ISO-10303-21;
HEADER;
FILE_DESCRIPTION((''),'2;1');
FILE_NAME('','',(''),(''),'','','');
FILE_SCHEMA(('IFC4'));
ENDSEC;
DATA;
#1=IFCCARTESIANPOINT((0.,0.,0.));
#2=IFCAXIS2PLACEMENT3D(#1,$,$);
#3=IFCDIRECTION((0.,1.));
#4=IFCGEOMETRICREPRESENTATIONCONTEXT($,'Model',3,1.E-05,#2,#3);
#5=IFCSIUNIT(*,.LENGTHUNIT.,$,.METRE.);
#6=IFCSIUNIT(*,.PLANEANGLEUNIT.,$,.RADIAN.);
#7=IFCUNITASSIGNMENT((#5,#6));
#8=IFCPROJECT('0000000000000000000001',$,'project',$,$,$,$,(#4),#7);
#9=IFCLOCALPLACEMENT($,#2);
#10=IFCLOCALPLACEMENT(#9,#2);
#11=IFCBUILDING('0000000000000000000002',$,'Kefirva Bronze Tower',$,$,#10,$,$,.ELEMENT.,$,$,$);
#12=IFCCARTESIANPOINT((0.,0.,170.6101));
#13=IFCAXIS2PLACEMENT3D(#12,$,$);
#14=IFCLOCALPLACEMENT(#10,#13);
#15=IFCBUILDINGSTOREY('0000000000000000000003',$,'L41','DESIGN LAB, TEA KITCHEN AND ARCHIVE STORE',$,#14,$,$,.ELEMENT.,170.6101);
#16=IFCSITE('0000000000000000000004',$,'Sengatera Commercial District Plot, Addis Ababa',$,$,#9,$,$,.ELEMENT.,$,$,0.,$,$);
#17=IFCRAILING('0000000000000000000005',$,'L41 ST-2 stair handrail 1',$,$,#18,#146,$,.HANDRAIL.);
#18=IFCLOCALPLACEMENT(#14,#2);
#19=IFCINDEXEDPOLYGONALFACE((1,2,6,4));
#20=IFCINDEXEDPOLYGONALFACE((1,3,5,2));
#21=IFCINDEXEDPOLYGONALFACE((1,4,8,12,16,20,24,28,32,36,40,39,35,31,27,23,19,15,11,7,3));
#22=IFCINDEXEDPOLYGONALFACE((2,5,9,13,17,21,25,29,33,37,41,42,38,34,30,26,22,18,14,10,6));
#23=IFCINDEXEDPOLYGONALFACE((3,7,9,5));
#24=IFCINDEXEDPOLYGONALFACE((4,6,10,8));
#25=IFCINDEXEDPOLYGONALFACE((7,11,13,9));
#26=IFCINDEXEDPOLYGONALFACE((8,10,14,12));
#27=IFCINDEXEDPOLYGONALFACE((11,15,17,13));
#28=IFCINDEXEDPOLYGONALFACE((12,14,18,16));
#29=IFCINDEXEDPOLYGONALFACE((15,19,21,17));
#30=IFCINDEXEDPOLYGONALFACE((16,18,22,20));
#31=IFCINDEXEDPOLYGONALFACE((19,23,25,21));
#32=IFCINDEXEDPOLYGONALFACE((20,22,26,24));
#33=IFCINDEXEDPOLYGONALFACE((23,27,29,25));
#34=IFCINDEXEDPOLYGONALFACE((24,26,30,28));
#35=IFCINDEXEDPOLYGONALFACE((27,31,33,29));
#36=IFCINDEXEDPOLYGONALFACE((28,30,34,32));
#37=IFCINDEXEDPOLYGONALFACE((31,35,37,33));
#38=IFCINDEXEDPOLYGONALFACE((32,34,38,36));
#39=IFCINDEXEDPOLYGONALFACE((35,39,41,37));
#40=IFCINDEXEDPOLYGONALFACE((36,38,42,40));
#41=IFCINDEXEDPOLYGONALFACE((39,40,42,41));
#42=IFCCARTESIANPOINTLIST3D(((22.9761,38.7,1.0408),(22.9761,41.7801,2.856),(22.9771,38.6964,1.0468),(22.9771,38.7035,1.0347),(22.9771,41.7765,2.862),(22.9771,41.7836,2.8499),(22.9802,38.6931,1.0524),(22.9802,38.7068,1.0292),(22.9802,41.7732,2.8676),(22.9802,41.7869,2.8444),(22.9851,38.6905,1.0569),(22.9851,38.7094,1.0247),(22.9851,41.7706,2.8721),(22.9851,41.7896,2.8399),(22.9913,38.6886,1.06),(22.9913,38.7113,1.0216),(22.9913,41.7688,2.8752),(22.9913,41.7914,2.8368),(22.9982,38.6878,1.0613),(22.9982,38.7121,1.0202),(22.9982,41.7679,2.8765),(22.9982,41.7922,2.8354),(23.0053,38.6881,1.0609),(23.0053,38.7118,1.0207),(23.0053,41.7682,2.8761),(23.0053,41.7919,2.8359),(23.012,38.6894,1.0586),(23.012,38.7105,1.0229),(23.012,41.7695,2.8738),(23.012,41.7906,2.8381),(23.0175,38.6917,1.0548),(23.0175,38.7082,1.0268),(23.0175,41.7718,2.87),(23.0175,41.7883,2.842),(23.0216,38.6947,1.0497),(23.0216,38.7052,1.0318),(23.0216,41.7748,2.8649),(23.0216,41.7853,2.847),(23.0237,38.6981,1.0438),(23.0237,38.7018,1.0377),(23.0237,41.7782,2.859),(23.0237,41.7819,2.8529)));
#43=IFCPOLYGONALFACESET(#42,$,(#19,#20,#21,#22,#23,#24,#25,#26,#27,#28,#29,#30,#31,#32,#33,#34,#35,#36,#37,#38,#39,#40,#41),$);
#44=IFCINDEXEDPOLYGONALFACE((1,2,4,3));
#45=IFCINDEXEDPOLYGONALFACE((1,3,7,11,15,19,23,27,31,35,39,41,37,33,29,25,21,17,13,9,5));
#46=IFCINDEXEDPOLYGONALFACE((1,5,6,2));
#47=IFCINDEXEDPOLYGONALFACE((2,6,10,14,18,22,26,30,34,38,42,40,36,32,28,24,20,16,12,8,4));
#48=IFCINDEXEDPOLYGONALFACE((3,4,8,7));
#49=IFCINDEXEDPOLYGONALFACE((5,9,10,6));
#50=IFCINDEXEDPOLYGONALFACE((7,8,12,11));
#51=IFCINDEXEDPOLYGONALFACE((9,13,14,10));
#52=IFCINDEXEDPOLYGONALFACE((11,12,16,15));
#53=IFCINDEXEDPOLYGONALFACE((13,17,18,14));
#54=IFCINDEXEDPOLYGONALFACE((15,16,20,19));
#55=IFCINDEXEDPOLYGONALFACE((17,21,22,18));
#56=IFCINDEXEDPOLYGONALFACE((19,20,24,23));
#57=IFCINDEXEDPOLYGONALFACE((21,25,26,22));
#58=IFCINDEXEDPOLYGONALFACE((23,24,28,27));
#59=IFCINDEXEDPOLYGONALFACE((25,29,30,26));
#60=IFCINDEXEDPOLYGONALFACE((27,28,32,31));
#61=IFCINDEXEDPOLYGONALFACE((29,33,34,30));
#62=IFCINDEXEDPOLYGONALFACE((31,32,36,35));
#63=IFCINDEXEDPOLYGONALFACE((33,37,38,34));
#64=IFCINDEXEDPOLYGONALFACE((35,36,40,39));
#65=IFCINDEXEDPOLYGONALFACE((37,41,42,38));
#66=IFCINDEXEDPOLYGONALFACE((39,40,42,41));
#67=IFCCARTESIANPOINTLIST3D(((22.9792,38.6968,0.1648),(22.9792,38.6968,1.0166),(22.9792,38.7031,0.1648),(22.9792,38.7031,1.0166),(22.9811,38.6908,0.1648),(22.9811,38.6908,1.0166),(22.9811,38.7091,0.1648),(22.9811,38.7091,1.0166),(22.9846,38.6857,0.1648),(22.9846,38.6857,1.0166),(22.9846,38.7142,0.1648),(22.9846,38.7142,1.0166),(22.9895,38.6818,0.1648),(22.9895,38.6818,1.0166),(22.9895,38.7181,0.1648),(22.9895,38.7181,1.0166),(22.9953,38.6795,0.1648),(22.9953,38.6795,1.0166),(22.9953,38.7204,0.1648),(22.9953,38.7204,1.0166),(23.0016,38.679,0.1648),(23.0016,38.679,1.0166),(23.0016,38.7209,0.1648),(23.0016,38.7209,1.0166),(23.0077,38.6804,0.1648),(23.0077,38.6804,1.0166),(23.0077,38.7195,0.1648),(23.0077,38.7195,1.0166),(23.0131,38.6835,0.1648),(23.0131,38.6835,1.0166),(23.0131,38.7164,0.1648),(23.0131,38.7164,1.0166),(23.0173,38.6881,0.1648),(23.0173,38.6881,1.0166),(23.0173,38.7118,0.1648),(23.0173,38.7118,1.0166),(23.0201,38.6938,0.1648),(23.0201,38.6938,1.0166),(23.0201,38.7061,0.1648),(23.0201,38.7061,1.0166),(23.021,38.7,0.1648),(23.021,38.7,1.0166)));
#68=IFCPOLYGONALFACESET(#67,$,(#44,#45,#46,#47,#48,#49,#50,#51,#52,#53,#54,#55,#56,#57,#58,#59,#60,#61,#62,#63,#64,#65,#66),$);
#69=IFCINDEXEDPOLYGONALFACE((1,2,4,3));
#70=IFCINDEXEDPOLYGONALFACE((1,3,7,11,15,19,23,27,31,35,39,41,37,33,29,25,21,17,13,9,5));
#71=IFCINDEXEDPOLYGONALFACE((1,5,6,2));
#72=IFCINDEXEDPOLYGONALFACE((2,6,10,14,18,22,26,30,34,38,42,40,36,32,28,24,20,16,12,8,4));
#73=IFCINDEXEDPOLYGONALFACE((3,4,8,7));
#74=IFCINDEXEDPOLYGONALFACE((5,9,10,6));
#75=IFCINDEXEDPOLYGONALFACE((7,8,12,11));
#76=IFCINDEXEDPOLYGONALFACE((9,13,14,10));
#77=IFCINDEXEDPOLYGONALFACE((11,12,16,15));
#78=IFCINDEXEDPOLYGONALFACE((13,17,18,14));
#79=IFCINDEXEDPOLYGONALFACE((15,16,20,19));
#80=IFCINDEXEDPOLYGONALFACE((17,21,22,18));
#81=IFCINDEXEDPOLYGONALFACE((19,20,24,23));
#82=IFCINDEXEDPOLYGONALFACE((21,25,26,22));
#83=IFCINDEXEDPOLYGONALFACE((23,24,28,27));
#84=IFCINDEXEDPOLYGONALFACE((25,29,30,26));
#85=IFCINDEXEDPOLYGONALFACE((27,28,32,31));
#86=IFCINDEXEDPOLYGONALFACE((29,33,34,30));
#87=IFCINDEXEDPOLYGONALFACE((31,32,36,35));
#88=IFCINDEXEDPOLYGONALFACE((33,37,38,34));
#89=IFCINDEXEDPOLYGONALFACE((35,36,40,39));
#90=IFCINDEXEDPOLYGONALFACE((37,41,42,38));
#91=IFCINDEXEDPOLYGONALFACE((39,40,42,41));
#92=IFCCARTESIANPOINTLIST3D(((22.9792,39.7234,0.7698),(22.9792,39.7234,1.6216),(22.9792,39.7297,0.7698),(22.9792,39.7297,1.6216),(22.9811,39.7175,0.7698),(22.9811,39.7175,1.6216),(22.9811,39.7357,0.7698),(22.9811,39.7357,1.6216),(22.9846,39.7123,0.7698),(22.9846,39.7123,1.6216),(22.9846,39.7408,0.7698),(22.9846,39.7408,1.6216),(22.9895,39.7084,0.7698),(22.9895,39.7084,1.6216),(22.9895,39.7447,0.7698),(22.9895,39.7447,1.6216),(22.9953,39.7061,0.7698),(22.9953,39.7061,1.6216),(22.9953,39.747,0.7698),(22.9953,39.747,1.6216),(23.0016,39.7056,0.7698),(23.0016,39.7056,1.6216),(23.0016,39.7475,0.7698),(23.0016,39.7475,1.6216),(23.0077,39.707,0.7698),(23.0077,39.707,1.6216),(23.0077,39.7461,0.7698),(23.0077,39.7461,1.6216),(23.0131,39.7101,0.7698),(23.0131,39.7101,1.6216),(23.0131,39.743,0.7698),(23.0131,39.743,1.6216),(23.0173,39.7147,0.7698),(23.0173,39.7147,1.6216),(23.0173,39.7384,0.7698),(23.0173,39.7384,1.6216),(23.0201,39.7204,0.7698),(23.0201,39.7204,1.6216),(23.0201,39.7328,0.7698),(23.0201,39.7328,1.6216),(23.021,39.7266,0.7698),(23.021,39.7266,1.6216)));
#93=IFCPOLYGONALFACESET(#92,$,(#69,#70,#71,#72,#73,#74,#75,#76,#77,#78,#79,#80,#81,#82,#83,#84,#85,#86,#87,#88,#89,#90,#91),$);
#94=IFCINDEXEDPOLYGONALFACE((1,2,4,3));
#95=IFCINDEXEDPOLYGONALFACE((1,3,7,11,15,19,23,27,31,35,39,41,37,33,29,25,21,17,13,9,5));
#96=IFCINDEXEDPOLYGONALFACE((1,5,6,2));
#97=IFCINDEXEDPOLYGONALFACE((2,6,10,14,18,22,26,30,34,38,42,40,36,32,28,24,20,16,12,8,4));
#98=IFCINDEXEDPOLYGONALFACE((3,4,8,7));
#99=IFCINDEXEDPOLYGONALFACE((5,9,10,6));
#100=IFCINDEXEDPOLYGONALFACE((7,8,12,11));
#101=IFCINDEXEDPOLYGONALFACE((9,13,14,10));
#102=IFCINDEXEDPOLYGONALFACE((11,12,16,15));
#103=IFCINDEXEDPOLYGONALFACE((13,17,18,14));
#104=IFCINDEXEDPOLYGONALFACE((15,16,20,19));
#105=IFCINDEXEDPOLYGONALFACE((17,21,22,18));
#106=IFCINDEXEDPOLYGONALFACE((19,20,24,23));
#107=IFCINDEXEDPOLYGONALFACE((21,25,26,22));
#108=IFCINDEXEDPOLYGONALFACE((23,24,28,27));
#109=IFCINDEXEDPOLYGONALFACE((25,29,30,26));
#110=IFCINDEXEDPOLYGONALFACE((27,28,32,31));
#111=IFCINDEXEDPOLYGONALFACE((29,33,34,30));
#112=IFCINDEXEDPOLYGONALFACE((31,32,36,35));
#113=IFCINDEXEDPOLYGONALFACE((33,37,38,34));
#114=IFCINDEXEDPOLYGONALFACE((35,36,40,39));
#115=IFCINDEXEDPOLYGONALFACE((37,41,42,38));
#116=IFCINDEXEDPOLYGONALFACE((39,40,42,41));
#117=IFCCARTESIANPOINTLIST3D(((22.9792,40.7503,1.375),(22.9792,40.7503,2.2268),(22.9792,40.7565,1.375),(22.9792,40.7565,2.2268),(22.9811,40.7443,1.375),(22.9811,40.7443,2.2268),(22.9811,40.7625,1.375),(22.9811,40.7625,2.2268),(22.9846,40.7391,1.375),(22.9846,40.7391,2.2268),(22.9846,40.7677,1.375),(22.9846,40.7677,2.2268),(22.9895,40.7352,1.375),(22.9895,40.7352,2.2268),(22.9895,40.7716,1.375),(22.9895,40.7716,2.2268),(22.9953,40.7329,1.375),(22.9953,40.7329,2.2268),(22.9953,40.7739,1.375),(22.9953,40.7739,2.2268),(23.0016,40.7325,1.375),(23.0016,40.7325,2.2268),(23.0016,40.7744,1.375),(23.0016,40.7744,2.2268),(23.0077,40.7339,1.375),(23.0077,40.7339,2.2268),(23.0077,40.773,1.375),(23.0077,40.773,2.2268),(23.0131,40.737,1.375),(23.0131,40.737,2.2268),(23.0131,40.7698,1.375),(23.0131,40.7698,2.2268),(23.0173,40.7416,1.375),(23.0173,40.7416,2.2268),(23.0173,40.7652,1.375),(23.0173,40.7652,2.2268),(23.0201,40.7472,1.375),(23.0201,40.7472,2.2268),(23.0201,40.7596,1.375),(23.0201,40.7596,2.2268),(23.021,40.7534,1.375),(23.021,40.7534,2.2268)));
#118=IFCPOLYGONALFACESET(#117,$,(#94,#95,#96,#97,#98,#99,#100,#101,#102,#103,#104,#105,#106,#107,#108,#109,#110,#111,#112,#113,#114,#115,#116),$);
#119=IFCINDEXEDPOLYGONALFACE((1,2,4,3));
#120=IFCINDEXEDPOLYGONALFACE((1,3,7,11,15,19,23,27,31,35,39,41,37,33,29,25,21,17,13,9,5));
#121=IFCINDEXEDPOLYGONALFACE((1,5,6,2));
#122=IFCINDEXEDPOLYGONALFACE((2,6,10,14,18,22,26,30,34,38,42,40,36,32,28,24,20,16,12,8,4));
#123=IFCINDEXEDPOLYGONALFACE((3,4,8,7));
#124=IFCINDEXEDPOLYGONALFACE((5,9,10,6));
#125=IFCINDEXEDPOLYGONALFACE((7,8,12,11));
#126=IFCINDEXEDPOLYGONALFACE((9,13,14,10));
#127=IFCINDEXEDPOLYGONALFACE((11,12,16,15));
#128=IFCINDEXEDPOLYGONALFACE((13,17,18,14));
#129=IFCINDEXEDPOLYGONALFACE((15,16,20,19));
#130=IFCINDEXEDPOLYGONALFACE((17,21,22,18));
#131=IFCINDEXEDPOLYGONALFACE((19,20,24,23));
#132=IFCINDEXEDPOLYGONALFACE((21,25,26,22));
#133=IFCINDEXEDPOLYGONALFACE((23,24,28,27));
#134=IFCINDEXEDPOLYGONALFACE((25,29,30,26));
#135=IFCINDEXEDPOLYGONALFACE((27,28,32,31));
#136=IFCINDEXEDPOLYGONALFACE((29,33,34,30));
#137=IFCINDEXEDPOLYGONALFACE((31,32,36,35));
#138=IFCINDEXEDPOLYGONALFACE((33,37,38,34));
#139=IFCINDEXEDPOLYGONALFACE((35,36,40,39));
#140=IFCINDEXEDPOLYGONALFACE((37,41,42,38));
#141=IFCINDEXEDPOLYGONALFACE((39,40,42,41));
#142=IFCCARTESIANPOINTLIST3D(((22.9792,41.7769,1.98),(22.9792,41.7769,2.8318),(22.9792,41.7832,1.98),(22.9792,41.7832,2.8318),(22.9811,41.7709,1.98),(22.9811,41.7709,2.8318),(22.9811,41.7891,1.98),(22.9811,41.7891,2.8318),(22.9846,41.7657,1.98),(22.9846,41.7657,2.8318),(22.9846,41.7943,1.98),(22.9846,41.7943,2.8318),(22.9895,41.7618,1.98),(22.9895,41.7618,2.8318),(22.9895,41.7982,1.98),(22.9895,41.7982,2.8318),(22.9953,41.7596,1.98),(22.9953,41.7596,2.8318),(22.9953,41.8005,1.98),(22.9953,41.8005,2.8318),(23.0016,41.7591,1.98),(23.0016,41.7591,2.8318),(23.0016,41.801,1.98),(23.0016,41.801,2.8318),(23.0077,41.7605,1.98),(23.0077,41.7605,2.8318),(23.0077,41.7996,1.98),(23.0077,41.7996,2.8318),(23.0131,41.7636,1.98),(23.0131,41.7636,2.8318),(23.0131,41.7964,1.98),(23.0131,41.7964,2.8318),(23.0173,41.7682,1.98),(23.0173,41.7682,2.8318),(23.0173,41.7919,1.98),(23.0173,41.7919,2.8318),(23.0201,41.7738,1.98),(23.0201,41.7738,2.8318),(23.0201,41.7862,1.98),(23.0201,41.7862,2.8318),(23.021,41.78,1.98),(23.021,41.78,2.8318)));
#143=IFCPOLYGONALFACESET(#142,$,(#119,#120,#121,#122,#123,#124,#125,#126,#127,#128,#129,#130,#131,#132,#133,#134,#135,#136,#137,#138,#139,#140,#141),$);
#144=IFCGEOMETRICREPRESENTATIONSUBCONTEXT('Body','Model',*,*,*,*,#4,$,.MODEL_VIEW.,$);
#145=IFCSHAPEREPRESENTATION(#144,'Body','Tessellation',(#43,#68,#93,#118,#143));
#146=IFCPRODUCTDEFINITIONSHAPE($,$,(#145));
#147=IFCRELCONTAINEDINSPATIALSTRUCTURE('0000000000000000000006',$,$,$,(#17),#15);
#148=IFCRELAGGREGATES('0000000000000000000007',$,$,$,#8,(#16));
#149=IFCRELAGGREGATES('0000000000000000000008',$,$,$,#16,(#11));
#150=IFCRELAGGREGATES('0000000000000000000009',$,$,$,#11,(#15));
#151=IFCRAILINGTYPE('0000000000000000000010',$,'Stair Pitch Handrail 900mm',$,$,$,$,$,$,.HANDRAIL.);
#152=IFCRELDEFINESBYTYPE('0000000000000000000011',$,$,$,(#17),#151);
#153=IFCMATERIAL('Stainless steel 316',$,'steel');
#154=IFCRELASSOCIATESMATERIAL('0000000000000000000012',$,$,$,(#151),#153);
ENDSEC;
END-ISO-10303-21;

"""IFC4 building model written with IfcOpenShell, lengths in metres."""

from ifc_helpers import new_model, si_unit, direction, frame, origin, origin_2d, place, context, subcontext, project, spatial, circle, extrude, material, type_object, element, save


model = new_model("IFC4")

# Units and contexts
model_context = context("Model", 3, precision=1e-05, world=origin(), true_north=direction((0.0, 1.0)))
body_context = subcontext(model_context, "Body", "Model", "MODEL_VIEW")
ifc_project = project(units=[si_unit("LENGTHUNIT", "METRE"), si_unit("PLANEANGLEUNIT", "RADIAN")], contexts=[model_context])

# Site, building, storey
site_placement = place(None, origin())
site = spatial("IfcSite", under=ifc_project, at=site_placement, Name="Sengatera Commercial District Plot, Addis Ababa", CompositionType="ELEMENT", RefElevation=0.0)
building_placement = place(site_placement, origin())
building = spatial("IfcBuilding", under=site, at=building_placement, Name="Kefirva Bronze Tower", CompositionType="ELEMENT")
storey_placement = place(building_placement, frame((0.0, 0.0, 170.6101)))
storey = spatial("IfcBuildingStorey", under=building, at=storey_placement, Name="L41", Description="DESIGN LAB, TEA KITCHEN AND ARCHIVE STORE", CompositionType="ELEMENT", Elevation=170.6101)

# Railing
ifc_material_1 = material(Name="Stainless steel 316", Category="steel")
railing_type_1 = type_object("IfcRailingType", Name="Stair Pitch Handrail 900mm", PredefinedType="HANDRAIL", material=ifc_material_1)
railing_1_placement = place(storey_placement, frame((23.0, 38.7, 0.1648)))
element("IfcRailing", 1, at=railing_1_placement, inside=storey, type_object=railing_type_1, Name="L41 ST-2 stair handrail 1", PredefinedType="HANDRAIL", context=body_context, shape_type="SweptSolid", body=[
    extrude(circle(Radius=0.0239, at=origin_2d()), frame((0.0, 0.0, 0.876), z_axis=(0.0, 0.861521, 0.507721), x_axis=(-1.0, 0.0, 0.0)), (0.0, 0.0, 1.0), 3.5752),
    extrude(circle(Radius=0.021, at=origin_2d()), origin(), (0.0, 0.0, 1.0), 0.8518),
    extrude(circle(Radius=0.021, at=origin_2d()), frame((0.0, 1.0266, 0.605)), (0.0, 0.0, 1.0), 0.8518),
    extrude(circle(Radius=0.021, at=origin_2d()), frame((0.0, 2.0535, 1.2102)), (0.0, 0.0, 1.0), 0.8518),
    extrude(circle(Radius=0.021, at=origin_2d()), frame((0.0, 3.0801, 1.8152)), (0.0, 0.0, 1.0), 0.8518),
])

save(model, "model.ifc")
